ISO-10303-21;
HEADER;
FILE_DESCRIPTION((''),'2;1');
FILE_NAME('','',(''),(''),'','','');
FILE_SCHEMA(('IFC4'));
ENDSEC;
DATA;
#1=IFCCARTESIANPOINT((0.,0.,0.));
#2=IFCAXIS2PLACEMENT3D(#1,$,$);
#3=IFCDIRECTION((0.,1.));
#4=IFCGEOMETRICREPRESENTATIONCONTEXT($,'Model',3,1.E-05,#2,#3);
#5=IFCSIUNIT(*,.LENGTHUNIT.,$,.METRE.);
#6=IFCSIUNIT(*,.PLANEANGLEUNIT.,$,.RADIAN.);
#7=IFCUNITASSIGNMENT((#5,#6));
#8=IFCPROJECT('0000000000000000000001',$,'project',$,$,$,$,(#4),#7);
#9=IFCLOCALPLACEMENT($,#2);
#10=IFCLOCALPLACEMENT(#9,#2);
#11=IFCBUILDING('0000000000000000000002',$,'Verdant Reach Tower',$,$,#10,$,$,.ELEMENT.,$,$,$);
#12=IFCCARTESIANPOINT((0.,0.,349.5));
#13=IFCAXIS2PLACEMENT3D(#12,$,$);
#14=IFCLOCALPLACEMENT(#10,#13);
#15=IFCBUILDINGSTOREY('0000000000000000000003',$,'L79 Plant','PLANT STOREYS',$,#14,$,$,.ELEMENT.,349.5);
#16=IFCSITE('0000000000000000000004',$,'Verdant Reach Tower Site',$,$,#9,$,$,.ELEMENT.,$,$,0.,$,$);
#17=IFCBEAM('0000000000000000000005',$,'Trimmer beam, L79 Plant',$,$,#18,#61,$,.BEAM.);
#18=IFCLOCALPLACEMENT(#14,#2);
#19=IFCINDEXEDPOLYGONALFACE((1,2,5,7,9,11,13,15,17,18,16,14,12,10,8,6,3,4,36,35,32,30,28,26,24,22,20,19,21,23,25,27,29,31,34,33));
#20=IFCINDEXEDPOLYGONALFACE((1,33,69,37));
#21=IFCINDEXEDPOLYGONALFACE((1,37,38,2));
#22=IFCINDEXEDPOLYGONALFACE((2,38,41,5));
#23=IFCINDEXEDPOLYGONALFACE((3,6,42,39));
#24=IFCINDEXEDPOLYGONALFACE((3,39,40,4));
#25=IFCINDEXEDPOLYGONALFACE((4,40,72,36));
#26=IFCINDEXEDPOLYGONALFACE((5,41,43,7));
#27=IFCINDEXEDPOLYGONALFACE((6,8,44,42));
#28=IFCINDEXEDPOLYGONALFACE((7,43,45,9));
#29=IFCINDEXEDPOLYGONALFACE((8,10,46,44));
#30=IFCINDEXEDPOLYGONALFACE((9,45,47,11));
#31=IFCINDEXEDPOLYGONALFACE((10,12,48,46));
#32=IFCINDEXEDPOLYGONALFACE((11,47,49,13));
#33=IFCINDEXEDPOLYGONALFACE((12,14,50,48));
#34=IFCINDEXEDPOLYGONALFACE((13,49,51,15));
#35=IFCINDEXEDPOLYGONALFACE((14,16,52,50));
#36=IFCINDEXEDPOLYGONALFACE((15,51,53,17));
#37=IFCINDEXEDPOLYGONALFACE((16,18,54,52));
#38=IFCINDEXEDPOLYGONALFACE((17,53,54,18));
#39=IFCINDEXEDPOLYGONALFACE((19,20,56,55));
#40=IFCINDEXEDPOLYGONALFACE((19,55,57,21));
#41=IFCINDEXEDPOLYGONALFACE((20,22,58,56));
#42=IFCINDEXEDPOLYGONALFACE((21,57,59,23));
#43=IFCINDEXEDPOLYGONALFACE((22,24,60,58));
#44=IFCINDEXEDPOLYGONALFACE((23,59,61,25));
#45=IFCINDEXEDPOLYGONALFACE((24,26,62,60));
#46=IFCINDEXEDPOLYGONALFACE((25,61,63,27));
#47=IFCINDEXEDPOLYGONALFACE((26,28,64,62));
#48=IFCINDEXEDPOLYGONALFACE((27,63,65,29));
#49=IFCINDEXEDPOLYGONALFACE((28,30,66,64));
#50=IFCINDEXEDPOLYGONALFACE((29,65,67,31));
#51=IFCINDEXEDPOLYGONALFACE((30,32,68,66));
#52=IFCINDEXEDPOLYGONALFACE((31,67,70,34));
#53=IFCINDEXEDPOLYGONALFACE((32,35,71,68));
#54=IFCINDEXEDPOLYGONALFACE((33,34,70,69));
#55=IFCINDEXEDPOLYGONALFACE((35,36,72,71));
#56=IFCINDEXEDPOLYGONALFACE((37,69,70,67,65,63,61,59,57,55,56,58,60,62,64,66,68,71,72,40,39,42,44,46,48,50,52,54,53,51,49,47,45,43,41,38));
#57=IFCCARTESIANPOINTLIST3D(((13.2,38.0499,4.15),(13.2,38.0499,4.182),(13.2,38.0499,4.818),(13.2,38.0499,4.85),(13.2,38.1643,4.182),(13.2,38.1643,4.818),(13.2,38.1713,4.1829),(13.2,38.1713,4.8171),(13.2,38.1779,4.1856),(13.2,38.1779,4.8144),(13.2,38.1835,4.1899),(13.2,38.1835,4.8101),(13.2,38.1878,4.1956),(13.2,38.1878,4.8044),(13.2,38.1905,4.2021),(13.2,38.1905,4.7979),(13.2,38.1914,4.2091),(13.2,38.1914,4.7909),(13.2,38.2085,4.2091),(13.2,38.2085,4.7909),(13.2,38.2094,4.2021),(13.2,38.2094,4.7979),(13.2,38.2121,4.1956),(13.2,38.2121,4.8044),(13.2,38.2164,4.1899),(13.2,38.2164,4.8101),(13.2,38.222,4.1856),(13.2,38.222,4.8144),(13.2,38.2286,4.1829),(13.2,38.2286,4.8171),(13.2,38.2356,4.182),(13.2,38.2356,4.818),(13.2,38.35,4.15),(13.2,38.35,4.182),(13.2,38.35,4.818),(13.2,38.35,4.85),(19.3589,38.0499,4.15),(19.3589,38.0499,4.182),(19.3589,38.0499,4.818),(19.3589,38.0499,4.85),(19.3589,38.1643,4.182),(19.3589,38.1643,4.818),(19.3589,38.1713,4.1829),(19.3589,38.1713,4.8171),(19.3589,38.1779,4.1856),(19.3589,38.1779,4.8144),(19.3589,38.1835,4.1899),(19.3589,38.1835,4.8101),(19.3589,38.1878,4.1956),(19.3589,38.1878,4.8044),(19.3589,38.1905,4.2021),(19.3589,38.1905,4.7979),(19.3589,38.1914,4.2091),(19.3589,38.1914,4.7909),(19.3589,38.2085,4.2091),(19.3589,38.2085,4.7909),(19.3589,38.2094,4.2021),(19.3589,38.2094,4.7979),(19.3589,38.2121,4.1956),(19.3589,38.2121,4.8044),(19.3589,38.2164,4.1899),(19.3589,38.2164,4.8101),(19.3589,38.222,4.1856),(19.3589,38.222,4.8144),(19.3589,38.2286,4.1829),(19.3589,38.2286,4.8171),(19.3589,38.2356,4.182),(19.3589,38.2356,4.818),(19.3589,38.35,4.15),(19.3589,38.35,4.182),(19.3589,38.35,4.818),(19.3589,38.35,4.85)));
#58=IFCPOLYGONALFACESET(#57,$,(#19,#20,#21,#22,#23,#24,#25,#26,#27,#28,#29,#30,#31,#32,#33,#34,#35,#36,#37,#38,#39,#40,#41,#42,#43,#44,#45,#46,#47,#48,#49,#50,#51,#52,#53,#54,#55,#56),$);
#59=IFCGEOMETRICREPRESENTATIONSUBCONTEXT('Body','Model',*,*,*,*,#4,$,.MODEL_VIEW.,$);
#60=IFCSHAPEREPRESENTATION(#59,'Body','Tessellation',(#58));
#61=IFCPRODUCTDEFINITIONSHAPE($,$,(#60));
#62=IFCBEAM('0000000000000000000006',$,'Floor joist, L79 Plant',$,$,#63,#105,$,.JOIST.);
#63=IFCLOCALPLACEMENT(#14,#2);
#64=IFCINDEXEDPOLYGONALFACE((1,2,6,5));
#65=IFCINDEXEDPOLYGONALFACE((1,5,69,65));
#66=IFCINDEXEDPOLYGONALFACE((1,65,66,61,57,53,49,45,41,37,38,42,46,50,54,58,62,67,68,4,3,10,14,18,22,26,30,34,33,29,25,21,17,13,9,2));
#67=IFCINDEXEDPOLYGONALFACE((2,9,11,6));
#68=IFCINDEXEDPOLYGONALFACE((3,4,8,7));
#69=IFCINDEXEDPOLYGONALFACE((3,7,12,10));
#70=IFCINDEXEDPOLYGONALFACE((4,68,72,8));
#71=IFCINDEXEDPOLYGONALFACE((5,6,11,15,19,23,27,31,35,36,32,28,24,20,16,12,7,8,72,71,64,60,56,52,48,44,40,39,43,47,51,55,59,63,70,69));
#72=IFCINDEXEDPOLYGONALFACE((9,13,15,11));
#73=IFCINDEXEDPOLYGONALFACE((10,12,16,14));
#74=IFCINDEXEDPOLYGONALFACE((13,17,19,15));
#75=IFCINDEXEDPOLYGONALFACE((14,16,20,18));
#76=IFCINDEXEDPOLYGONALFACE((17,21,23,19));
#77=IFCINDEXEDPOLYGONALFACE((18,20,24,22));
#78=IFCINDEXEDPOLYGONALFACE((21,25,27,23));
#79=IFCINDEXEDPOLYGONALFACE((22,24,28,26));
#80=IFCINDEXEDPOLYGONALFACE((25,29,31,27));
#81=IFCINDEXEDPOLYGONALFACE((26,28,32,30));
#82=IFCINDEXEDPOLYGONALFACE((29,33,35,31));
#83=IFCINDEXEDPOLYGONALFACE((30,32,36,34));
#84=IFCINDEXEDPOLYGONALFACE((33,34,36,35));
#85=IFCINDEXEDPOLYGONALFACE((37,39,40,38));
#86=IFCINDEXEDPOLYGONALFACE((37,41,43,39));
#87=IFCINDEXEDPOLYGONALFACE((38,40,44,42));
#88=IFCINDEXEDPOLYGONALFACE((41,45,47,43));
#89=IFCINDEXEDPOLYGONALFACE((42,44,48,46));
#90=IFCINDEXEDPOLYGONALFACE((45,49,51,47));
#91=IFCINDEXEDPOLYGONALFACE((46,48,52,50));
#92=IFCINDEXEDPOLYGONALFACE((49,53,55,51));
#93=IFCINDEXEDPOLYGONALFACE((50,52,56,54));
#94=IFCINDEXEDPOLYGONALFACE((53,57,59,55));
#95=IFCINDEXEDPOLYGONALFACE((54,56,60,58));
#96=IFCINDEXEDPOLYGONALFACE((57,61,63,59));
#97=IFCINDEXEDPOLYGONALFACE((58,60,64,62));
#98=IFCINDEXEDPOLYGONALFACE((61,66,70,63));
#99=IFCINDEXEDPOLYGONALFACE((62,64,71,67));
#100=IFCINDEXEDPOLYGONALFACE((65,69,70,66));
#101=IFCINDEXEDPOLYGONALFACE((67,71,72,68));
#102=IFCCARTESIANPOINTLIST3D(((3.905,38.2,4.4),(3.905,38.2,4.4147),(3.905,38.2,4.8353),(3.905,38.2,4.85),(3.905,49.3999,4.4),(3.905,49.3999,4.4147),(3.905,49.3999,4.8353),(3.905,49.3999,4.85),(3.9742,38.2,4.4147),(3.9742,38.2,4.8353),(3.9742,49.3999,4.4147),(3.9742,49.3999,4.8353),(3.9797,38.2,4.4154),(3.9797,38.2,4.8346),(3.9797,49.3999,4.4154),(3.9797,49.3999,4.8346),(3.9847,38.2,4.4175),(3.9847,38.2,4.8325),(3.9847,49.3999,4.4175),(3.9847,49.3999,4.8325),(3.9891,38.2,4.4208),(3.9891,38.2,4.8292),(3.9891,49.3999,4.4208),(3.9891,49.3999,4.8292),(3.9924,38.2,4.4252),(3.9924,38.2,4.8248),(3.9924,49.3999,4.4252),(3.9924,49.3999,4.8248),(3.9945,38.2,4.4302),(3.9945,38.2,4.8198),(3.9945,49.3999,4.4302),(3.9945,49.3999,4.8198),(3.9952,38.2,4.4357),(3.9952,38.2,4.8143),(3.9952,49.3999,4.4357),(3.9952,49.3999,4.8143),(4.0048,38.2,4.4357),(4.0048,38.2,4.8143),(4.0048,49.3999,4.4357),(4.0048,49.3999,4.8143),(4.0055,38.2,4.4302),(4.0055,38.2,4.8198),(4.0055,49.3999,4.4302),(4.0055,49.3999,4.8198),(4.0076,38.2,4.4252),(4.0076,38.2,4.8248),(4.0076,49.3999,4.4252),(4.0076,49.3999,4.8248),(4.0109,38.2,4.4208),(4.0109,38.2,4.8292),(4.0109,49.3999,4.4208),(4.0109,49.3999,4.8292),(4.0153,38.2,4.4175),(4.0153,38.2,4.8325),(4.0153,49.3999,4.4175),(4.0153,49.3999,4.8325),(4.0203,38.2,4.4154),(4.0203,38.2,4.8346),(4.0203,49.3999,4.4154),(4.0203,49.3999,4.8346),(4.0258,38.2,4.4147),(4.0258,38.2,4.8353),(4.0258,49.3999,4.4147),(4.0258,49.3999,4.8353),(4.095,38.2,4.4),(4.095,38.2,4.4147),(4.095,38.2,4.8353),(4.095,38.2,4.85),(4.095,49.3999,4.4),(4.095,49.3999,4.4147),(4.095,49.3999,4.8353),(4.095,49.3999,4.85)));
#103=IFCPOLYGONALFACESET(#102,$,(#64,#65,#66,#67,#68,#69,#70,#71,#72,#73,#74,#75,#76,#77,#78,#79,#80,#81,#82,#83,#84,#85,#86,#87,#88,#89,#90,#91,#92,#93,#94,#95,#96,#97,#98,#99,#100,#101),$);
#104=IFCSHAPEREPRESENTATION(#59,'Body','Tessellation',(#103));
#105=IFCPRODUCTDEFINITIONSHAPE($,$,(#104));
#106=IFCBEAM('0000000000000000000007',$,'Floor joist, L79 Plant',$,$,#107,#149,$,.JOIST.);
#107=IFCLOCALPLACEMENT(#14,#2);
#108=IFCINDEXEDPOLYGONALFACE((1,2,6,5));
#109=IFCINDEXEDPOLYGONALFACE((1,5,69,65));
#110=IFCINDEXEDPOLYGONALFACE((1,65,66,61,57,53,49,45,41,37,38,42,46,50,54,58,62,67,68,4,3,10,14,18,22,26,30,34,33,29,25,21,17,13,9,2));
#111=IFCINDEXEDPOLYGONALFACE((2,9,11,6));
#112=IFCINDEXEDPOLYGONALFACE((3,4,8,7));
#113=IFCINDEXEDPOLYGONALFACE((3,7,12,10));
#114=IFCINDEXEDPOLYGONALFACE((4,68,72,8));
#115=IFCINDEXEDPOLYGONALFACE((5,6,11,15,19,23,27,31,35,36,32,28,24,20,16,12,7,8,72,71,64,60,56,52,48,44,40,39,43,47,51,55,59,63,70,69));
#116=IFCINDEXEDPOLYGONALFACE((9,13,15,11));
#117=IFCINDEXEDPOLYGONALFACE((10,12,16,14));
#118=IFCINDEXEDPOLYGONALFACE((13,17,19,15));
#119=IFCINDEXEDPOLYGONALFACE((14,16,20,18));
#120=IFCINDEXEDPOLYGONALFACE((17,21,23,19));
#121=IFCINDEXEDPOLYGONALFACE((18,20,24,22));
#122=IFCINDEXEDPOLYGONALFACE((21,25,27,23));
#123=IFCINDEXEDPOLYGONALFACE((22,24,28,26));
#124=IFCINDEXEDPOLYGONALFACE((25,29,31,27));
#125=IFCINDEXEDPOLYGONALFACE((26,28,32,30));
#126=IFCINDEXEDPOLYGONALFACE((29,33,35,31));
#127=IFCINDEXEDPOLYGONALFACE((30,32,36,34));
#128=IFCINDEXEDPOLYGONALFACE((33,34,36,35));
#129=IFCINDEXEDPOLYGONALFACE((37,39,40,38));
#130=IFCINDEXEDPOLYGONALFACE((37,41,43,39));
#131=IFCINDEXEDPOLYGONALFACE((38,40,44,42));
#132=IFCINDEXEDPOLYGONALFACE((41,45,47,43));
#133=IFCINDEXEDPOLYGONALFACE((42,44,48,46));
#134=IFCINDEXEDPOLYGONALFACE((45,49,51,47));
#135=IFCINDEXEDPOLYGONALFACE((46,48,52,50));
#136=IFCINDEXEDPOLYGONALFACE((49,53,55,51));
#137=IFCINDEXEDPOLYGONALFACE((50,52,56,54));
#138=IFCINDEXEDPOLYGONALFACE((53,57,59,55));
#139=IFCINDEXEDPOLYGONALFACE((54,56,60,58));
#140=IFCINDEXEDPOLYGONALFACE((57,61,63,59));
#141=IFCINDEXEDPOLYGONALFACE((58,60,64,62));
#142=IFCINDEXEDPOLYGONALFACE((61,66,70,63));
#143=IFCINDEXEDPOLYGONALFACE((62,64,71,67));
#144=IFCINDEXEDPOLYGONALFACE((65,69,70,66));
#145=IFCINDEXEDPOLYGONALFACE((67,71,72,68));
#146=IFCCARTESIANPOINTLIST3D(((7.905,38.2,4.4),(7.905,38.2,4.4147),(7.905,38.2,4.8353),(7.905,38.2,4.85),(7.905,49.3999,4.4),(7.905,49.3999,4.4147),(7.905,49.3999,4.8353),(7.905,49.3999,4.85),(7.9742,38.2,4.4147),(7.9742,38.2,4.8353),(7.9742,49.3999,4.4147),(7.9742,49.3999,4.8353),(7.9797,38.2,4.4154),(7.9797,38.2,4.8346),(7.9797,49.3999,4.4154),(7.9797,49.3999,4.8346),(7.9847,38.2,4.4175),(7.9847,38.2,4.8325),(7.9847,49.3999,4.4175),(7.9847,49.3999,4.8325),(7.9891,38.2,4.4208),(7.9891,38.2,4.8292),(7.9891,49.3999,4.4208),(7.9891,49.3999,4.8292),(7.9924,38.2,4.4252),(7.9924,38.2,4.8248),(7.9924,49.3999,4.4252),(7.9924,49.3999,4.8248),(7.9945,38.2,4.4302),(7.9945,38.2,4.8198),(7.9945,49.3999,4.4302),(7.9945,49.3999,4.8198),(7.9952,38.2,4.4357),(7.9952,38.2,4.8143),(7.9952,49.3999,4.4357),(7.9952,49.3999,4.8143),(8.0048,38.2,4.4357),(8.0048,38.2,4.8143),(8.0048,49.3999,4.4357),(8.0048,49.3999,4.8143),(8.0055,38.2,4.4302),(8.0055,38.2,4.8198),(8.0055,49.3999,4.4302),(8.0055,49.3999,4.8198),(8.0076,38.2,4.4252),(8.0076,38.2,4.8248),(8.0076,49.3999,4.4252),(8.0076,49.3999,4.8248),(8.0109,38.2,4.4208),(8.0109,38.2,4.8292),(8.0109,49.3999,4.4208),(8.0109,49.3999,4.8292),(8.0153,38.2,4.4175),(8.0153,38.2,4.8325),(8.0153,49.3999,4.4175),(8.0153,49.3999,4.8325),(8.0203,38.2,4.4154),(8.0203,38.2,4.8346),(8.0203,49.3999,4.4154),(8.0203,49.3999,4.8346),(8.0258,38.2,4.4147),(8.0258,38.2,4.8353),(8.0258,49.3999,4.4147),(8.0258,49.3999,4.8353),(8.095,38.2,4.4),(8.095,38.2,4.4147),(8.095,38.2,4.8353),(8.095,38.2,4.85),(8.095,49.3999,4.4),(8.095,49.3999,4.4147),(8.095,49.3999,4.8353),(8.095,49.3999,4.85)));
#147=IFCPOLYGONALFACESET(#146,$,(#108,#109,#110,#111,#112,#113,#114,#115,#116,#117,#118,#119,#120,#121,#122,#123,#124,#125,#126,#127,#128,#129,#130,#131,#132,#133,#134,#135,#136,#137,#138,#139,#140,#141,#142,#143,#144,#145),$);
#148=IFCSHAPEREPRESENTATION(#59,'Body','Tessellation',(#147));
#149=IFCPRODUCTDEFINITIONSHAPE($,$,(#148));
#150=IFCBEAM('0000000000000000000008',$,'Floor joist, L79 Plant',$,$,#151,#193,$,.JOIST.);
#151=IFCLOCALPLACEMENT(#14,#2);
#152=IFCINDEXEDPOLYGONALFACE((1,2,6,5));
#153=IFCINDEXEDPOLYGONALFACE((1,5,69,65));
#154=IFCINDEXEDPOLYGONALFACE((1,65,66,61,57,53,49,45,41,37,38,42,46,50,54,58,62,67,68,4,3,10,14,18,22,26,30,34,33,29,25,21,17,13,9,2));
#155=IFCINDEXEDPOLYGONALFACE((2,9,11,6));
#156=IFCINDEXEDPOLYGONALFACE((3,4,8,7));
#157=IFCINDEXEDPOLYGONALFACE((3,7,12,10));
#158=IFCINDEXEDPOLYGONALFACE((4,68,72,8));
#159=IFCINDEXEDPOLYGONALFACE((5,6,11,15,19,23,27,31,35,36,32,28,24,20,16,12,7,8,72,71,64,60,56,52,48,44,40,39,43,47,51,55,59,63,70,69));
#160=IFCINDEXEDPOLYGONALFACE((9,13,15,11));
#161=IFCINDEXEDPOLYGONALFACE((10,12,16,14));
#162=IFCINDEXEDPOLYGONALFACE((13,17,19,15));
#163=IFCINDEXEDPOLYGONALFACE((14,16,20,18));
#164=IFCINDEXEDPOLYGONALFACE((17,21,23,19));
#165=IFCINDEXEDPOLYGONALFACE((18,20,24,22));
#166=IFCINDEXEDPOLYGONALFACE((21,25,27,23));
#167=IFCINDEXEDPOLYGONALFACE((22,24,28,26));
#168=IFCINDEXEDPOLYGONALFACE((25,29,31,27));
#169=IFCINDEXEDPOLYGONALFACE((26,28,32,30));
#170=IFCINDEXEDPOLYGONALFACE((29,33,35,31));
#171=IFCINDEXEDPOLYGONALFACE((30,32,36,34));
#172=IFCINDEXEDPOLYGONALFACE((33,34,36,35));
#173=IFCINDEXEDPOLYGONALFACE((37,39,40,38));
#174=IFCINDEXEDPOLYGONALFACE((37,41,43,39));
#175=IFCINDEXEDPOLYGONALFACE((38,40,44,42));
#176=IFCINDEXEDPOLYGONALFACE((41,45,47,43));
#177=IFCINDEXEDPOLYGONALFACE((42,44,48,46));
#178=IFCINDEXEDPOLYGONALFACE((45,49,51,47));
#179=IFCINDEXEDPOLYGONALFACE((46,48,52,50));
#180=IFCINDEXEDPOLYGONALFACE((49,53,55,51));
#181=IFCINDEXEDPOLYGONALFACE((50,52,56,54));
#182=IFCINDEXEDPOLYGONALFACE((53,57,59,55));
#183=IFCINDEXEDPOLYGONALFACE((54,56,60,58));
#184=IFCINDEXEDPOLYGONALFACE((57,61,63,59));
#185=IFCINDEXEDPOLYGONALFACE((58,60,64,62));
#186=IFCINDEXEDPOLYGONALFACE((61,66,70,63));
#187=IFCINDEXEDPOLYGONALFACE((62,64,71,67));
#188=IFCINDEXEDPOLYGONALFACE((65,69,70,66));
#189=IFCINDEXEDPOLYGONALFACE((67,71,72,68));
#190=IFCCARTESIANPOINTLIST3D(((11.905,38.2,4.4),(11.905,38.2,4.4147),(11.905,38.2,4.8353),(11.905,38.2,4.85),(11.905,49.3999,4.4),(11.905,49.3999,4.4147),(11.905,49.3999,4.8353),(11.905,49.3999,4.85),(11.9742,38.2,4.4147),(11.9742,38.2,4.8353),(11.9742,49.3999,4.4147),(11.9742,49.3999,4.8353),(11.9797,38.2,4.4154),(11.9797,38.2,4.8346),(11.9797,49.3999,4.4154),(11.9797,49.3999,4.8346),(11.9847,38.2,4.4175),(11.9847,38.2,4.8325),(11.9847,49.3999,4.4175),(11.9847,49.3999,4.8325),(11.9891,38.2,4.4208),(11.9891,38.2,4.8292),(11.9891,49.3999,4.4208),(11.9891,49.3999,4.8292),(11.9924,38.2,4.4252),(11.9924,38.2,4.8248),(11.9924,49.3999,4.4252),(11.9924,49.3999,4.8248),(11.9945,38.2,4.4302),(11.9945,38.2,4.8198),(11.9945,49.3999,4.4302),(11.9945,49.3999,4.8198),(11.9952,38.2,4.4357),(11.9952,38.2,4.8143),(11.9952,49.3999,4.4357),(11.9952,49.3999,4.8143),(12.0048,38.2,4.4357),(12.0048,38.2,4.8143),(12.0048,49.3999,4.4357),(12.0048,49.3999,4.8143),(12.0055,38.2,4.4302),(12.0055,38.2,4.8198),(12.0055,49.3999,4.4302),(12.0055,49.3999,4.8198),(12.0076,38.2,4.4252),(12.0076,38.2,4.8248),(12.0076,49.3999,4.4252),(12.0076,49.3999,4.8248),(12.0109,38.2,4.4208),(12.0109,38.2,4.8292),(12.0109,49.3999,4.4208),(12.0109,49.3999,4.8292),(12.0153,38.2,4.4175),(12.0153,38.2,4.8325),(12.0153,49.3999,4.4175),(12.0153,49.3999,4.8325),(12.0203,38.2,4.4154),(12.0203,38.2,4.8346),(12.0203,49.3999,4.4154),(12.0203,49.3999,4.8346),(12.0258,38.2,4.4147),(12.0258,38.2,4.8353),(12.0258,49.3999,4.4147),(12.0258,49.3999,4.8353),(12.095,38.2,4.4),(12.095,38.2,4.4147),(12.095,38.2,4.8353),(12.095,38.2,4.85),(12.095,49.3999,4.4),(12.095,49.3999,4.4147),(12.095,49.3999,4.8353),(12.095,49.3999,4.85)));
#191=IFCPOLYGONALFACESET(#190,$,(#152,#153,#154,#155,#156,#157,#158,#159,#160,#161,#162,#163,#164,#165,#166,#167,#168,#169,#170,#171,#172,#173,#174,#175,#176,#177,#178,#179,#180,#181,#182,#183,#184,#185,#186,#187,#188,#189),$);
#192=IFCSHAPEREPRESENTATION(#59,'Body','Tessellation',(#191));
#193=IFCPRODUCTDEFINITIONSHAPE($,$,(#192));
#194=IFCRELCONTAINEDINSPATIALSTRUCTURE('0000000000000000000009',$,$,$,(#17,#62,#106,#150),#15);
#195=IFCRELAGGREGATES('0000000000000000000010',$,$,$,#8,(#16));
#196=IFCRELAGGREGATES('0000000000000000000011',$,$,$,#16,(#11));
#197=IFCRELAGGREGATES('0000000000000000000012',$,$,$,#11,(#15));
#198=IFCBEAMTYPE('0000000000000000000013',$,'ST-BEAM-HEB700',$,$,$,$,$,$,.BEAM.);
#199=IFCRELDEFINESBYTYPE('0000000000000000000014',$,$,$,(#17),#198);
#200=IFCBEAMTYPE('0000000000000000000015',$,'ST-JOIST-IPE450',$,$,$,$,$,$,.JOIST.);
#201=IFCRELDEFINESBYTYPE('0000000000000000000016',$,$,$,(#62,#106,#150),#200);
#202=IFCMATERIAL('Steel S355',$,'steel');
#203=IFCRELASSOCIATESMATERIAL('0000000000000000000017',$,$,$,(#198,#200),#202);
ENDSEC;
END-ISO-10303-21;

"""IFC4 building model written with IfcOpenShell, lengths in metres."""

from ifc_helpers import new_model, si_unit, direction, frame, origin, origin_2d, place, context, subcontext, project, spatial, i_section, extrude, material, material_profile, profile_set, type_object, element, save


model = new_model("IFC4")

# Units and contexts
model_context = context("Model", 3, precision=1e-05, world=origin(), true_north=direction((0.0, 1.0)))
body_context = subcontext(model_context, "Body", "Model", "MODEL_VIEW")
ifc_project = project(units=[si_unit("LENGTHUNIT", "METRE"), si_unit("PLANEANGLEUNIT", "RADIAN")], contexts=[model_context])

# Site, building, storey
site_placement = place(None, origin())
site = spatial("IfcSite", under=ifc_project, at=site_placement, Name="Verdant Reach Tower Site", CompositionType="ELEMENT", RefElevation=0.0)
building_placement = place(site_placement, origin())
building = spatial("IfcBuilding", under=site, at=building_placement, Name="Verdant Reach Tower", CompositionType="ELEMENT")
storey_placement = place(building_placement, frame((0.0, 0.0, 349.5)))
storey = spatial("IfcBuildingStorey", under=building, at=storey_placement, Name="L79 Plant", Description="PLANT STOREYS", CompositionType="ELEMENT", Elevation=349.5)

# Beams
ifc_material_1 = material(Name="Steel S355", Category="steel")
ifc_material_profile_1 = material_profile(ifc_material_1, i_section(OverallWidth=0.3, OverallDepth=0.7, WebThickness=0.0171, FlangeThickness=0.032, FilletRadius=0.0271, at=origin_2d()), Name="HEB 700")
ifc_profile_set_1 = profile_set([ifc_material_profile_1], Name="Steel S355")
beam_type_1 = type_object("IfcBeamType", Name="ST-BEAM-HEB700", PredefinedType="BEAM", material=ifc_profile_set_1)
beam_1_placement = place(storey_placement, frame((13.2, 38.2, 4.5), z_axis=(1.0, 0.0, 0.0), x_axis=(0.0, 1.0, 0.0)))
element("IfcBeam", 1, at=beam_1_placement, inside=storey, type_object=beam_type_1, Name="Trimmer beam, L79 Plant", PredefinedType="BEAM", context=body_context, shape_type="SweptSolid", body=[
    extrude(i_section(OverallWidth=0.3, OverallDepth=0.7, WebThickness=0.0171, FlangeThickness=0.032, FilletRadius=0.0271, at=origin_2d()), origin(), (0.0, 0.0, 1.0), 6.1589),
])
ifc_material_profile_2 = material_profile(ifc_material_1, i_section(OverallWidth=0.1899, OverallDepth=0.45, WebThickness=0.0095, FlangeThickness=0.0146, FilletRadius=0.021, at=origin_2d()), Name="IPE 450")
ifc_profile_set_2 = profile_set([ifc_material_profile_2], Name="Steel S355")
beam_type_2 = type_object("IfcBeamType", Name="ST-JOIST-IPE450", PredefinedType="JOIST", material=ifc_profile_set_2)
for number, where, z_axis, x_axis, name in (
    (2, (4.0, 38.2, 4.625), (0.0, 1.0, 0.0), (-1.0, 0.0, 0.0), "Floor joist, L79 Plant"),
    (3, (8.0, 38.2, 4.625), (0.0, 1.0, 0.0), (-1.0, 0.0, 0.0), "Floor joist, L79 Plant"),
    (4, (12.0, 38.2, 4.625), (0.0, 1.0, 0.0), (-1.0, 0.0, 0.0), "Floor joist, L79 Plant"),
):
    element("IfcBeam", number, at=place(storey_placement, frame(where, z_axis=z_axis, x_axis=x_axis)), inside=storey, type_object=beam_type_2, Name=name, PredefinedType="JOIST", context=body_context, shape_type="SweptSolid", body=[
        extrude(i_section(OverallWidth=0.1899, OverallDepth=0.45, WebThickness=0.0095, FlangeThickness=0.0146, FilletRadius=0.021, at=origin_2d()), origin(), (0.0, 0.0, 1.0), 11.2),
    ])

save(model, "model.ifc")
